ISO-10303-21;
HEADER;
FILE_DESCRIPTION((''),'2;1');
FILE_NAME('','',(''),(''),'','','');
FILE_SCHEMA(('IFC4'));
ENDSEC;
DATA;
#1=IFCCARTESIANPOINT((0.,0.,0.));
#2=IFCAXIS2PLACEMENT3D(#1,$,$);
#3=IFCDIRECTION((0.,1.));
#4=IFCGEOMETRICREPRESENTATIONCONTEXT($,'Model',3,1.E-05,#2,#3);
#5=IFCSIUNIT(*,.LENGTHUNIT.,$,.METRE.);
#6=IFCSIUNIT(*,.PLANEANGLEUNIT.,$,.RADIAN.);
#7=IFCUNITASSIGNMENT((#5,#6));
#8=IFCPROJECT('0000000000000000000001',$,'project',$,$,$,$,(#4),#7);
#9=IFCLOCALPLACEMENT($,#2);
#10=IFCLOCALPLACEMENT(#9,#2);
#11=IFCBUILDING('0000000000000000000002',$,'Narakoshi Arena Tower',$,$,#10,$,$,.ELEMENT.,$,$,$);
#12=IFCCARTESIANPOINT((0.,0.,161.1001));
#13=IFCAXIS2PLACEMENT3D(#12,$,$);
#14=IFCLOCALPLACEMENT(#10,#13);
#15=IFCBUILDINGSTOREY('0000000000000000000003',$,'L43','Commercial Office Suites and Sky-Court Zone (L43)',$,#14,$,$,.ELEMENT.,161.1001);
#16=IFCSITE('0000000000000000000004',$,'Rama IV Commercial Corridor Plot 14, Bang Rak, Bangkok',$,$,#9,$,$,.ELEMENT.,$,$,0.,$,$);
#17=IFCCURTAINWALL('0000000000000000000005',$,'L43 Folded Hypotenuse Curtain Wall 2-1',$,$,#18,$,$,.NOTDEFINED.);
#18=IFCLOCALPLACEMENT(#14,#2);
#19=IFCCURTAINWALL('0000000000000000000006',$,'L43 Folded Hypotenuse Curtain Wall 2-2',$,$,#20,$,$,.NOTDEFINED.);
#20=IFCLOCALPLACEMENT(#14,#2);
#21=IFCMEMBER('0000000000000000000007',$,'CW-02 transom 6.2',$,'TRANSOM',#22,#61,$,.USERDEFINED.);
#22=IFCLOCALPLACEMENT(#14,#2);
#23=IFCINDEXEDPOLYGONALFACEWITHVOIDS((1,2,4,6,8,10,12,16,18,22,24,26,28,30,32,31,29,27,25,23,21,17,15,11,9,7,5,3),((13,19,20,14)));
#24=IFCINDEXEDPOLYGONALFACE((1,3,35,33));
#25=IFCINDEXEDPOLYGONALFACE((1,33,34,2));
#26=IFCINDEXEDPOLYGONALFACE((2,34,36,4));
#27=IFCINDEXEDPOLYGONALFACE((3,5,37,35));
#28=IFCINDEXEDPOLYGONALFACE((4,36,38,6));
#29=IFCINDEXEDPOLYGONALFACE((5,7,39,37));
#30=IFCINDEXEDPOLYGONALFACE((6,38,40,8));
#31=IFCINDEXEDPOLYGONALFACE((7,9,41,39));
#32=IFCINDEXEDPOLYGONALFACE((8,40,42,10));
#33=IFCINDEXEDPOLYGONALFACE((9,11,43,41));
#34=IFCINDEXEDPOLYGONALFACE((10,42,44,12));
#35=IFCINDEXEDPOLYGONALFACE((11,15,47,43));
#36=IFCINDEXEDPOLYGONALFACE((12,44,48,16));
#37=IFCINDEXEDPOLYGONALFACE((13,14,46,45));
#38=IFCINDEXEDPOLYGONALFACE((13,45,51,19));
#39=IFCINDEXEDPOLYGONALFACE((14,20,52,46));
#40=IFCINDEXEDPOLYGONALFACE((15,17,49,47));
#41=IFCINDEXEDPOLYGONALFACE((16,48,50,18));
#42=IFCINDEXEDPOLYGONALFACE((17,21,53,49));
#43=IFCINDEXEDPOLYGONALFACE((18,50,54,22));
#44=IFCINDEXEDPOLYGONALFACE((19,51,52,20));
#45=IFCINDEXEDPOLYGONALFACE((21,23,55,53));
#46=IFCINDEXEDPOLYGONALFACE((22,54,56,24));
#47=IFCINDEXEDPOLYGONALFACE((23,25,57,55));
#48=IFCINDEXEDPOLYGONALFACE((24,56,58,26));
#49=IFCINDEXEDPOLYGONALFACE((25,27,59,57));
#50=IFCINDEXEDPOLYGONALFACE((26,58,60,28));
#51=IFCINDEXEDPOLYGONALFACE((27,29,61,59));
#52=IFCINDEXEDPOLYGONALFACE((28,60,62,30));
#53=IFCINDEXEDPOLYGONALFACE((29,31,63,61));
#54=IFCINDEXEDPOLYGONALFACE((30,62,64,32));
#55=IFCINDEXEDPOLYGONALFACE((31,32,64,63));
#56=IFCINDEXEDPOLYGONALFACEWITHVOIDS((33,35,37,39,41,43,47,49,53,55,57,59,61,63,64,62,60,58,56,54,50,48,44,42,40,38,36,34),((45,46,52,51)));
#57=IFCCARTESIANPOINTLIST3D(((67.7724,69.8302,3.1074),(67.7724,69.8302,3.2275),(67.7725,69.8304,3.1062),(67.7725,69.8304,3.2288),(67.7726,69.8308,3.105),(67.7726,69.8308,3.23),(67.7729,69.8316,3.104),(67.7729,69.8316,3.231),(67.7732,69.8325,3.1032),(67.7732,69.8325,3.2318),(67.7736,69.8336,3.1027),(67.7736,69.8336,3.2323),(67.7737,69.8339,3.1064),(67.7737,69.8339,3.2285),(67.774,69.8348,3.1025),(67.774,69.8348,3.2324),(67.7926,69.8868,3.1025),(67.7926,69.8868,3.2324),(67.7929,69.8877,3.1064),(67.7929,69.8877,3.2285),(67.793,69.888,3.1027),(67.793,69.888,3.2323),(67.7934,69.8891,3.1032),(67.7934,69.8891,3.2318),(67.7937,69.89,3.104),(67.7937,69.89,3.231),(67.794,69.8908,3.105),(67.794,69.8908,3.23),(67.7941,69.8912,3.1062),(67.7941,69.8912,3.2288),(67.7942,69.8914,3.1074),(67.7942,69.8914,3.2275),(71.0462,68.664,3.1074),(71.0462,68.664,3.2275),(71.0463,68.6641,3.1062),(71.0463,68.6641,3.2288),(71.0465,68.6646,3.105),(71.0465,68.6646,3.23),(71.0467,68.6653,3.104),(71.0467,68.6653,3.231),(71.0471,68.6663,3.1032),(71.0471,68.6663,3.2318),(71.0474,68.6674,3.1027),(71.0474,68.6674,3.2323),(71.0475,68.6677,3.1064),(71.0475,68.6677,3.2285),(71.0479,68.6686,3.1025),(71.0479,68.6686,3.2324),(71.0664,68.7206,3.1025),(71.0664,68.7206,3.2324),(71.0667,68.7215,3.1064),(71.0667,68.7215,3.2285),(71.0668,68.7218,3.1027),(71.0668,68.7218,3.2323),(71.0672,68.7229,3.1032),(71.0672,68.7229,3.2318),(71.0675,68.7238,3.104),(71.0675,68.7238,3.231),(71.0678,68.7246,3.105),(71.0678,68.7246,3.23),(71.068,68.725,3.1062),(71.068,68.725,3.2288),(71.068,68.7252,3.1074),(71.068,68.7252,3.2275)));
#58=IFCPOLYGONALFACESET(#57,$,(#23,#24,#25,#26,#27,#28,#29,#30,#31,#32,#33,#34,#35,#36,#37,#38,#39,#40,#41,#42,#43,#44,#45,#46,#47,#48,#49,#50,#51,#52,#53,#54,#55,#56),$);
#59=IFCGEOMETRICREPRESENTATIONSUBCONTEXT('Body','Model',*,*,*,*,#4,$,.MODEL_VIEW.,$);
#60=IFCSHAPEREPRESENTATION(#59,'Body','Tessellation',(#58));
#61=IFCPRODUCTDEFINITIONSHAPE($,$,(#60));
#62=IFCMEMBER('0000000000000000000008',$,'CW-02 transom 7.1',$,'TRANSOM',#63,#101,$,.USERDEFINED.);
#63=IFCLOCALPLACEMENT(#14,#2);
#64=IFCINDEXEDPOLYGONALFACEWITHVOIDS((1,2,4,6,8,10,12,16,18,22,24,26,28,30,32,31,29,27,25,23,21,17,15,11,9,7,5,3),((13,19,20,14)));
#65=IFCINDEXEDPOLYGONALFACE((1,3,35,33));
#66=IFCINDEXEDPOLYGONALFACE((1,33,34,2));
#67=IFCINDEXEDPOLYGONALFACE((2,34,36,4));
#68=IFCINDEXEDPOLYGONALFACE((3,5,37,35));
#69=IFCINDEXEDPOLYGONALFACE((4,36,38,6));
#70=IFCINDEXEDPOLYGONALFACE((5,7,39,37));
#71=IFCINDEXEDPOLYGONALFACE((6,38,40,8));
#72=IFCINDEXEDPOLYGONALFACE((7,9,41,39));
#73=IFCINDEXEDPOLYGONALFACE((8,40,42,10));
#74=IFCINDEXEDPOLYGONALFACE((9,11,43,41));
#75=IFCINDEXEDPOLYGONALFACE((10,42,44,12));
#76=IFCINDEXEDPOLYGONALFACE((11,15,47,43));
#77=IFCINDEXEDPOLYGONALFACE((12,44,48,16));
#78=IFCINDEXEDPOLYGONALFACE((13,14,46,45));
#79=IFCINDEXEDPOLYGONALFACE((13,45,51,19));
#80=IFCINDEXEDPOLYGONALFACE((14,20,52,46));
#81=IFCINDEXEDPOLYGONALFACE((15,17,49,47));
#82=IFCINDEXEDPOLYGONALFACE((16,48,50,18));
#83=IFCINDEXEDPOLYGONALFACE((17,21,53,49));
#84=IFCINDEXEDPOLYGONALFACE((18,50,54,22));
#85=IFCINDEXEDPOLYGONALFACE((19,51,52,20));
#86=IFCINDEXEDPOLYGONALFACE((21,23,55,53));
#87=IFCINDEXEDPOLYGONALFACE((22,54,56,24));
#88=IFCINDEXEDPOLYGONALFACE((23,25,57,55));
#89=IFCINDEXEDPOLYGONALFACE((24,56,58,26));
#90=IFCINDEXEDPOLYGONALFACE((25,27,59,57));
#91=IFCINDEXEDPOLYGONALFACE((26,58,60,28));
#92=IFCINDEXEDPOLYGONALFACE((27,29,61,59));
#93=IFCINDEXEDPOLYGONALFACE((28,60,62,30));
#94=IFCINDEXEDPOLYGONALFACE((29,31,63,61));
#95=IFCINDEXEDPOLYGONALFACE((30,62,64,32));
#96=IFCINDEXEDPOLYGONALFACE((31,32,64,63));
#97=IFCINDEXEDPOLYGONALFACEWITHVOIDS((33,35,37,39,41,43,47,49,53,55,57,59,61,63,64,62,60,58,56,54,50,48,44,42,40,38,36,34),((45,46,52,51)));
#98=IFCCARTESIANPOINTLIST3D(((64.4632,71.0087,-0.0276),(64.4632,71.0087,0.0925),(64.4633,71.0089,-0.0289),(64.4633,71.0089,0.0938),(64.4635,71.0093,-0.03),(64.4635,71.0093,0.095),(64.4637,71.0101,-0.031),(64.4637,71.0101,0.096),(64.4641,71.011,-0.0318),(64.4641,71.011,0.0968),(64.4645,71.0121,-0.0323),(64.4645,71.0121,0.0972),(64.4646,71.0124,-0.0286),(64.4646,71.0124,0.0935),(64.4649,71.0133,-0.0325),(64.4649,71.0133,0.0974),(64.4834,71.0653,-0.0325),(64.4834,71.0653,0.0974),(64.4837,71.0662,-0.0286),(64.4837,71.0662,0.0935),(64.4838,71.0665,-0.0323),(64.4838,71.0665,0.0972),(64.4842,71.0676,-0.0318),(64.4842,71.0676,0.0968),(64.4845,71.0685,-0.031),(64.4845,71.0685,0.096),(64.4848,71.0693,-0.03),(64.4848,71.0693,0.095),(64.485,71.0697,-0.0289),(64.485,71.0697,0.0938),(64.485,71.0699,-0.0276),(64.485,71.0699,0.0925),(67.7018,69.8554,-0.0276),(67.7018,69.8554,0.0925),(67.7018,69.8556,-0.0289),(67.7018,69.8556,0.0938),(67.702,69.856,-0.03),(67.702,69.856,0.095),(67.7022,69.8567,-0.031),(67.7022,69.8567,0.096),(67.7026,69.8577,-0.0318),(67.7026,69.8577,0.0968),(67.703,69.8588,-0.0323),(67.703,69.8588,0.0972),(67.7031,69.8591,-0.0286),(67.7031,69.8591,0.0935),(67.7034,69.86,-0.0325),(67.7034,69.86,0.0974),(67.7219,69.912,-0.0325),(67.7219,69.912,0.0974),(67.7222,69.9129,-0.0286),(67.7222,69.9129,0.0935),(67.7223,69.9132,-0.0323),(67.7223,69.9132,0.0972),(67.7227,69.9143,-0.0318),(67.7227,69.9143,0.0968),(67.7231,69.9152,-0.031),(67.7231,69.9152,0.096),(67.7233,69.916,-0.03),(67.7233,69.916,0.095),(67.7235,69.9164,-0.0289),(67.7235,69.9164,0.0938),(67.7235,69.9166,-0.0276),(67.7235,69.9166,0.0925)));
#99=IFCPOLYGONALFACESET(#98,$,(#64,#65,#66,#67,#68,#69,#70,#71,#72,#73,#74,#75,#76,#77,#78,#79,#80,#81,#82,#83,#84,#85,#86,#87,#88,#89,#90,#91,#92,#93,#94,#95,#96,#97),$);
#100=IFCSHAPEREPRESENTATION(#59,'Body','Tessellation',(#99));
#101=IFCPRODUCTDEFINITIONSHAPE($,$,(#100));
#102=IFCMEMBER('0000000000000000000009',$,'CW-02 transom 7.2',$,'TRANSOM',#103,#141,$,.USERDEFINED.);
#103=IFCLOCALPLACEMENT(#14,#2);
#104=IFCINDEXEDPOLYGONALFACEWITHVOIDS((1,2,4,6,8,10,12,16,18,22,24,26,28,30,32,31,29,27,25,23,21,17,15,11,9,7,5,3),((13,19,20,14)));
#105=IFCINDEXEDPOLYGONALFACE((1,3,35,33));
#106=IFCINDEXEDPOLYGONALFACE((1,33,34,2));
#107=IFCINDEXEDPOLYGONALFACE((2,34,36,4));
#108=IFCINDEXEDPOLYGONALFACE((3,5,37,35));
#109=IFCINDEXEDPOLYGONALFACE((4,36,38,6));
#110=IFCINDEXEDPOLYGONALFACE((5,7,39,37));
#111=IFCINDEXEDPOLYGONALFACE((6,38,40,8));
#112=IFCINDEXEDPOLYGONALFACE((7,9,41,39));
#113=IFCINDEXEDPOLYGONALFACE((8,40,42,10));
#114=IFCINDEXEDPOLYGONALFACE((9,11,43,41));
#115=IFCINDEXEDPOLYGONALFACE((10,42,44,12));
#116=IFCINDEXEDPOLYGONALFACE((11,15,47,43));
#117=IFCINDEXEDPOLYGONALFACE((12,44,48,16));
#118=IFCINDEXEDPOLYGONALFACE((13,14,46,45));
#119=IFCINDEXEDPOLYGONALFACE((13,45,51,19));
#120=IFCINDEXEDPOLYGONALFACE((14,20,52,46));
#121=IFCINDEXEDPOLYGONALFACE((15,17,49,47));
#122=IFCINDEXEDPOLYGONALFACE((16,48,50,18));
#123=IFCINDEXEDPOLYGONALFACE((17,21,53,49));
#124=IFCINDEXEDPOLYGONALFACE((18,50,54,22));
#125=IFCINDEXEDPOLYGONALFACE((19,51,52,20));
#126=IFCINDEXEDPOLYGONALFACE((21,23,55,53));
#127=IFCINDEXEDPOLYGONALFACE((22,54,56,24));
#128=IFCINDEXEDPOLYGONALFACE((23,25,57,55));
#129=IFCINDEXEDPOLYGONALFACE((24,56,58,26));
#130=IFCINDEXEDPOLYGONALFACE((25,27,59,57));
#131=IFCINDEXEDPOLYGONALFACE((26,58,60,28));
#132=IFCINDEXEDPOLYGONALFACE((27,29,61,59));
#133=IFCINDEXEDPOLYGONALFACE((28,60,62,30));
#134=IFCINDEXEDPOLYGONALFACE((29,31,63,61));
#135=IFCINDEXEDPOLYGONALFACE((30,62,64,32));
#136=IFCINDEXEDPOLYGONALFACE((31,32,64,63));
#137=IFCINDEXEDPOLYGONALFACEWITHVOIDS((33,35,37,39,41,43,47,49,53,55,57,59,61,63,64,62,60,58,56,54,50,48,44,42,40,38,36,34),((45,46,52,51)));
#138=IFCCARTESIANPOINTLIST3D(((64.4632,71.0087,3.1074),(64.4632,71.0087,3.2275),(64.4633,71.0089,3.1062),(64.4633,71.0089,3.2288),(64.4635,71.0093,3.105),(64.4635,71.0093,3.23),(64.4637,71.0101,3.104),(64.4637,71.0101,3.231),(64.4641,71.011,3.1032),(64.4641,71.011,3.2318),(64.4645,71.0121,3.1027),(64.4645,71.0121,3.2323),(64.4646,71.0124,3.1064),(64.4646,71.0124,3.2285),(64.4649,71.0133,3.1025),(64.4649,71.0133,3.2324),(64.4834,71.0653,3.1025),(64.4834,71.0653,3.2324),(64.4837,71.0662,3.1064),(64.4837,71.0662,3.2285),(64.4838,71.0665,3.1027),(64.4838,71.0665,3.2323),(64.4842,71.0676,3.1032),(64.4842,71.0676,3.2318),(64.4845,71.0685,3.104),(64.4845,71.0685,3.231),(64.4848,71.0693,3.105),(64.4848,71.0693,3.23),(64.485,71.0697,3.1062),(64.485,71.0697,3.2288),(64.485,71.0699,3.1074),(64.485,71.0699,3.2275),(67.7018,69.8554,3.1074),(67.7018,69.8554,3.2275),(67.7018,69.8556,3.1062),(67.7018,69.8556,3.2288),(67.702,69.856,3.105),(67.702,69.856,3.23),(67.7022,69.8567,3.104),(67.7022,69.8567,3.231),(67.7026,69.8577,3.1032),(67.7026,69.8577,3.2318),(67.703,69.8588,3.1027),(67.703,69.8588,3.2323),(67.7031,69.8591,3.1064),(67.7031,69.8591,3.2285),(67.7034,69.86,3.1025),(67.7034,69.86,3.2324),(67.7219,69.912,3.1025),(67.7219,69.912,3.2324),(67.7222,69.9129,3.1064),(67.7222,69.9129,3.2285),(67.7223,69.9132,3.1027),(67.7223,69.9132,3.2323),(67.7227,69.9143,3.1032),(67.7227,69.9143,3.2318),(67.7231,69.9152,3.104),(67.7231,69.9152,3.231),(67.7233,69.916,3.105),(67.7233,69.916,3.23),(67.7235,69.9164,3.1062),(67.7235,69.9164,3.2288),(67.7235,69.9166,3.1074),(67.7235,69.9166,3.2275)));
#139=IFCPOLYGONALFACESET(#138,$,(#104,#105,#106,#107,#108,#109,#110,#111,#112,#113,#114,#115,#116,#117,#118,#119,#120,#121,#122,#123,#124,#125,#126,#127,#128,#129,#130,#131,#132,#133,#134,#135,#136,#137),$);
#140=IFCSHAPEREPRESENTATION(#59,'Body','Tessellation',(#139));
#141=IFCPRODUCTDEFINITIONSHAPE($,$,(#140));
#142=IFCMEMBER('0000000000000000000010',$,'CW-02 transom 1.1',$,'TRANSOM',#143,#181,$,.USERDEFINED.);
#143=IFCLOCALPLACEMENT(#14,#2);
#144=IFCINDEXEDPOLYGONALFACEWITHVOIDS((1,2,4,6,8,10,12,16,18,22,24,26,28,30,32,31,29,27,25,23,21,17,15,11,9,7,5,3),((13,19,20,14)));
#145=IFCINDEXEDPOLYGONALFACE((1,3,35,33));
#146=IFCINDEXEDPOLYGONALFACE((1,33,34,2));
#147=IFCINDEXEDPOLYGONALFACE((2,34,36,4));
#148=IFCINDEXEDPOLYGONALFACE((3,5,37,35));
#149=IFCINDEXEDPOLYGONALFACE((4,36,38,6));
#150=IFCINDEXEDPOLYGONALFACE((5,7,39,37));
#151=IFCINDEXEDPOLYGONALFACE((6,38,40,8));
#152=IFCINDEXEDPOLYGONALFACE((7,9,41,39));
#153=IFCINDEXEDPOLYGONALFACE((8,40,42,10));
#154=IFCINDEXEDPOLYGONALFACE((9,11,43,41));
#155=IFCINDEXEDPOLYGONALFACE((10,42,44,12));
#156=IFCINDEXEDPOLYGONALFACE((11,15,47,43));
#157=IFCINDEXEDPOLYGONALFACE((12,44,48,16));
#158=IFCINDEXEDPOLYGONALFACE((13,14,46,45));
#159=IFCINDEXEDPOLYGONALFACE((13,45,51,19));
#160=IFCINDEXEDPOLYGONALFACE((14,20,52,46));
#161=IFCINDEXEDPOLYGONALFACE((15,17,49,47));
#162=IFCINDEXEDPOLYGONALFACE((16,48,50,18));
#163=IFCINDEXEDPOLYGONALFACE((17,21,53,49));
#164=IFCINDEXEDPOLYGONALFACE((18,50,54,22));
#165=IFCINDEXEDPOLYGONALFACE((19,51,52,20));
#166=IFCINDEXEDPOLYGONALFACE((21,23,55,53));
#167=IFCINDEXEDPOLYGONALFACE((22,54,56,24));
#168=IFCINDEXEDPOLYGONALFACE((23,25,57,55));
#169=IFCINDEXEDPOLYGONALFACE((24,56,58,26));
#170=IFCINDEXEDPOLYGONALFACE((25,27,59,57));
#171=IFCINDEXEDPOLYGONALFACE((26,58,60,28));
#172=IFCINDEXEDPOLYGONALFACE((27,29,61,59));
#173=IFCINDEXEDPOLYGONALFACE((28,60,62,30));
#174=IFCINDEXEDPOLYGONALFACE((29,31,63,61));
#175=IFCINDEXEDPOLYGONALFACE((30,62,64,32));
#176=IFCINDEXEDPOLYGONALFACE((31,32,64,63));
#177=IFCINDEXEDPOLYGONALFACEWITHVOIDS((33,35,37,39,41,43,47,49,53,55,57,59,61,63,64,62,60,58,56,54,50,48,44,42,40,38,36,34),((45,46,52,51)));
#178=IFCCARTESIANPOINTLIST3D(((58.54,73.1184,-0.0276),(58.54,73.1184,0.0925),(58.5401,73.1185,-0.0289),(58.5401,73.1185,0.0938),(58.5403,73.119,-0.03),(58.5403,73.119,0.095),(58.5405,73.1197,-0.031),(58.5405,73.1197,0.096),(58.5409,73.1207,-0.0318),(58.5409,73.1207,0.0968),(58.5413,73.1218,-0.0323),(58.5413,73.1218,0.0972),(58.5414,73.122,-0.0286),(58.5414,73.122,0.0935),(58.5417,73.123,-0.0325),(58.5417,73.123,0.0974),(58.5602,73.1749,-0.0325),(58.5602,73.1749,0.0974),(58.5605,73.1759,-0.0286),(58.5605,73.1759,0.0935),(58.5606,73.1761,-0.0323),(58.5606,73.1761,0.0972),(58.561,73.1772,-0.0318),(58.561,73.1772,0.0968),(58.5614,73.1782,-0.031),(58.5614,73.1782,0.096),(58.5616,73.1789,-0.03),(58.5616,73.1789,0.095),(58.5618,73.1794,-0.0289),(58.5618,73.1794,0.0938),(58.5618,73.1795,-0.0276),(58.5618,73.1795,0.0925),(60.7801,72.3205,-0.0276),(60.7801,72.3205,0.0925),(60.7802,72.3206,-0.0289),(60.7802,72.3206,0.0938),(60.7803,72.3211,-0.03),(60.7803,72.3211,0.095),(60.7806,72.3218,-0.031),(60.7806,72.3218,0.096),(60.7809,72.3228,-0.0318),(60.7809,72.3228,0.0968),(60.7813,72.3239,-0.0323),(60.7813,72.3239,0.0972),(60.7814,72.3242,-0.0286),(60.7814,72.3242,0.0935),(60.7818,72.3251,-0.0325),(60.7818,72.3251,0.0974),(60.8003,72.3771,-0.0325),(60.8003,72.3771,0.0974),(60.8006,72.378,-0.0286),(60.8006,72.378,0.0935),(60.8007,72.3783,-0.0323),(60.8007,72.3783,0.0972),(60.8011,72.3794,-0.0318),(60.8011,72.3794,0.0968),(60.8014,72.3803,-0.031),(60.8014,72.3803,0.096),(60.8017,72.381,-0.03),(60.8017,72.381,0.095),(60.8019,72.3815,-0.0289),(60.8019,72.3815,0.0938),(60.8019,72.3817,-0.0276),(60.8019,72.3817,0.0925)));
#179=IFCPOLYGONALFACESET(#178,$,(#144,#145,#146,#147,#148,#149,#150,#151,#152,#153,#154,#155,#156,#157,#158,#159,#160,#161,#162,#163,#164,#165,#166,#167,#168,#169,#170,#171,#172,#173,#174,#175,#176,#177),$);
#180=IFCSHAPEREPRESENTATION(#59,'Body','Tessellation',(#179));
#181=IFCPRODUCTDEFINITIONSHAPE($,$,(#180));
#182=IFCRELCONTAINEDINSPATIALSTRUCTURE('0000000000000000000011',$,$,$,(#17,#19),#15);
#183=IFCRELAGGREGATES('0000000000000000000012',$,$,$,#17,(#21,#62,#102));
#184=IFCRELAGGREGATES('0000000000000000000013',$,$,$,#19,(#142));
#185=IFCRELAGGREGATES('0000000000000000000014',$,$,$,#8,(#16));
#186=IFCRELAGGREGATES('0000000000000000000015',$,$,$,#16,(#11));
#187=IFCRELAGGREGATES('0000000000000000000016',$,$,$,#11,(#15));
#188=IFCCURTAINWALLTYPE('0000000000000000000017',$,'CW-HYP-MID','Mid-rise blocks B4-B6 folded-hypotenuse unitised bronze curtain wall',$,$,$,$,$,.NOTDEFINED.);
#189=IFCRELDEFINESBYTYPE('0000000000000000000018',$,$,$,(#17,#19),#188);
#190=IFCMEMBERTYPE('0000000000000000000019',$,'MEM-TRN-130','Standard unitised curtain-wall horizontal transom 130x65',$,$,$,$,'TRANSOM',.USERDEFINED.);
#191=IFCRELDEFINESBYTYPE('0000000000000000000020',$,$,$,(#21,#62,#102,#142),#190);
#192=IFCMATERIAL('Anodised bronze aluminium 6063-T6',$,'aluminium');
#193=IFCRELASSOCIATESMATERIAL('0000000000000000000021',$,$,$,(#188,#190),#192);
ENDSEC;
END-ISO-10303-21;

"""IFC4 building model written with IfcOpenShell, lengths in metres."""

from ifc_helpers import new_model, si_unit, direction, frame, origin, origin_2d, place, context, subcontext, project, spatial, hollow_rectangle, extrude, material, material_profile, profile_set, type_object, element, aggregate, save


model = new_model("IFC4")

# Units and contexts
model_context = context("Model", 3, precision=1e-05, world=origin(), true_north=direction((0.0, 1.0)))
body_context = subcontext(model_context, "Body", "Model", "MODEL_VIEW")
ifc_project = project(units=[si_unit("LENGTHUNIT", "METRE"), si_unit("PLANEANGLEUNIT", "RADIAN")], contexts=[model_context])

# Site, building, storey
site_placement = place(None, origin())
site = spatial("IfcSite", under=ifc_project, at=site_placement, Name="Rama IV Commercial Corridor Plot 14, Bang Rak, Bangkok", CompositionType="ELEMENT", RefElevation=0.0)
building_placement = place(site_placement, origin())
building = spatial("IfcBuilding", under=site, at=building_placement, Name="Narakoshi Arena Tower", CompositionType="ELEMENT")
storey_placement = place(building_placement, frame((0.0, 0.0, 161.1001)))
storey = spatial("IfcBuildingStorey", under=building, at=storey_placement, Name="L43", Description="Commercial Office Suites and Sky-Court Zone (L43)", CompositionType="ELEMENT", Elevation=161.1001)

# Curtain walls
ifc_material_1 = material(Name="Anodised bronze aluminium 6063-T6", Category="aluminium")
curtain_wall_type = type_object("IfcCurtainWallType", Name="CW-HYP-MID", Description="Mid-rise blocks B4-B6 folded-hypotenuse unitised bronze curtain wall", PredefinedType="NOTDEFINED", material=ifc_material_1)
curtain_wall_1_placement = place(storey_placement, origin())
curtain_wall_1 = element("IfcCurtainWall", 1, at=curtain_wall_1_placement, inside=storey, type_object=curtain_wall_type, Name="L43 Folded Hypotenuse Curtain Wall 2-1", PredefinedType="NOTDEFINED")
curtain_wall_2_placement = place(storey_placement, origin())
curtain_wall_2 = element("IfcCurtainWall", 2, at=curtain_wall_2_placement, inside=storey, type_object=curtain_wall_type, Name="L43 Folded Hypotenuse Curtain Wall 2-2", PredefinedType="NOTDEFINED")

# Members
ifc_material_profile_1 = material_profile(ifc_material_1, hollow_rectangle(XDim=0.0649, YDim=0.1299, WallThickness=0.0039, OuterFilletRadius=0.0049, at=origin_2d()), Name="TRN130x65x4")
ifc_profile_set_1 = profile_set([ifc_material_profile_1], Name="Anodised bronze aluminium 6063-T6")
member_type_1 = type_object("IfcMemberType", Name="MEM-TRN-130", Description="Standard unitised curtain-wall horizontal transom 130x65", ElementType="TRANSOM", PredefinedType="USERDEFINED", material=ifc_profile_set_1)
member_1_placement = place(storey_placement, frame((71.0571, 68.6946, 3.1675), z_axis=(-0.942015, 0.335571, 0.0), x_axis=(-0.335571, -0.942015, 0.0)))
member_1 = element("IfcMember", 3, at=member_1_placement, type_object=member_type_1, Name="CW-02 transom 6.2", ObjectType="TRANSOM", PredefinedType="USERDEFINED", context=body_context, shape_type="SweptSolid", body=[
    extrude(hollow_rectangle(XDim=0.0649, YDim=0.1299, WallThickness=0.0039, OuterFilletRadius=0.0049, at=origin_2d()), origin(), (0.0, 0.0, 1.0), 3.4753),
])
member_2_placement = place(storey_placement, frame((67.7126, 69.886, 0.0325), z_axis=(-0.942045, 0.335486, 0.0), x_axis=(-0.335486, -0.942045, 0.0)))
member_2 = element("IfcMember", 4, at=member_2_placement, type_object=member_type_1, Name="CW-02 transom 7.1", ObjectType="TRANSOM", PredefinedType="USERDEFINED", context=body_context, shape_type="SweptSolid", body=[
    extrude(hollow_rectangle(XDim=0.0649, YDim=0.1299, WallThickness=0.0039, OuterFilletRadius=0.0049, at=origin_2d()), origin(), (0.0, 0.0, 1.0), 3.4377),
])
member_3_placement = place(storey_placement, frame((67.7126, 69.886, 3.1675), z_axis=(-0.942045, 0.335486, 0.0), x_axis=(-0.335486, -0.942045, 0.0)))
member_3 = element("IfcMember", 5, at=member_3_placement, type_object=member_type_1, Name="CW-02 transom 7.2", ObjectType="TRANSOM", PredefinedType="USERDEFINED", context=body_context, shape_type="SweptSolid", body=[
    extrude(hollow_rectangle(XDim=0.0649, YDim=0.1299, WallThickness=0.0039, OuterFilletRadius=0.0049, at=origin_2d()), origin(), (0.0, 0.0, 1.0), 3.4377),
])
member_4_placement = place(storey_placement, frame((60.791, 72.3511, 0.0325), z_axis=(-0.942027, 0.335536, 0.0), x_axis=(-0.335536, -0.942027, 0.0)))
member_4 = element("IfcMember", 6, at=member_4_placement, type_object=member_type_1, Name="CW-02 transom 1.1", ObjectType="TRANSOM", PredefinedType="USERDEFINED", context=body_context, shape_type="SweptSolid", body=[
    extrude(hollow_rectangle(XDim=0.0649, YDim=0.1299, WallThickness=0.0039, OuterFilletRadius=0.0049, at=origin_2d()), origin(), (0.0, 0.0, 1.0), 2.3779),
])

aggregate(curtain_wall_1, [member_1, member_2, member_3])
aggregate(curtain_wall_2, [member_4])

save(model, "model.ifc")
